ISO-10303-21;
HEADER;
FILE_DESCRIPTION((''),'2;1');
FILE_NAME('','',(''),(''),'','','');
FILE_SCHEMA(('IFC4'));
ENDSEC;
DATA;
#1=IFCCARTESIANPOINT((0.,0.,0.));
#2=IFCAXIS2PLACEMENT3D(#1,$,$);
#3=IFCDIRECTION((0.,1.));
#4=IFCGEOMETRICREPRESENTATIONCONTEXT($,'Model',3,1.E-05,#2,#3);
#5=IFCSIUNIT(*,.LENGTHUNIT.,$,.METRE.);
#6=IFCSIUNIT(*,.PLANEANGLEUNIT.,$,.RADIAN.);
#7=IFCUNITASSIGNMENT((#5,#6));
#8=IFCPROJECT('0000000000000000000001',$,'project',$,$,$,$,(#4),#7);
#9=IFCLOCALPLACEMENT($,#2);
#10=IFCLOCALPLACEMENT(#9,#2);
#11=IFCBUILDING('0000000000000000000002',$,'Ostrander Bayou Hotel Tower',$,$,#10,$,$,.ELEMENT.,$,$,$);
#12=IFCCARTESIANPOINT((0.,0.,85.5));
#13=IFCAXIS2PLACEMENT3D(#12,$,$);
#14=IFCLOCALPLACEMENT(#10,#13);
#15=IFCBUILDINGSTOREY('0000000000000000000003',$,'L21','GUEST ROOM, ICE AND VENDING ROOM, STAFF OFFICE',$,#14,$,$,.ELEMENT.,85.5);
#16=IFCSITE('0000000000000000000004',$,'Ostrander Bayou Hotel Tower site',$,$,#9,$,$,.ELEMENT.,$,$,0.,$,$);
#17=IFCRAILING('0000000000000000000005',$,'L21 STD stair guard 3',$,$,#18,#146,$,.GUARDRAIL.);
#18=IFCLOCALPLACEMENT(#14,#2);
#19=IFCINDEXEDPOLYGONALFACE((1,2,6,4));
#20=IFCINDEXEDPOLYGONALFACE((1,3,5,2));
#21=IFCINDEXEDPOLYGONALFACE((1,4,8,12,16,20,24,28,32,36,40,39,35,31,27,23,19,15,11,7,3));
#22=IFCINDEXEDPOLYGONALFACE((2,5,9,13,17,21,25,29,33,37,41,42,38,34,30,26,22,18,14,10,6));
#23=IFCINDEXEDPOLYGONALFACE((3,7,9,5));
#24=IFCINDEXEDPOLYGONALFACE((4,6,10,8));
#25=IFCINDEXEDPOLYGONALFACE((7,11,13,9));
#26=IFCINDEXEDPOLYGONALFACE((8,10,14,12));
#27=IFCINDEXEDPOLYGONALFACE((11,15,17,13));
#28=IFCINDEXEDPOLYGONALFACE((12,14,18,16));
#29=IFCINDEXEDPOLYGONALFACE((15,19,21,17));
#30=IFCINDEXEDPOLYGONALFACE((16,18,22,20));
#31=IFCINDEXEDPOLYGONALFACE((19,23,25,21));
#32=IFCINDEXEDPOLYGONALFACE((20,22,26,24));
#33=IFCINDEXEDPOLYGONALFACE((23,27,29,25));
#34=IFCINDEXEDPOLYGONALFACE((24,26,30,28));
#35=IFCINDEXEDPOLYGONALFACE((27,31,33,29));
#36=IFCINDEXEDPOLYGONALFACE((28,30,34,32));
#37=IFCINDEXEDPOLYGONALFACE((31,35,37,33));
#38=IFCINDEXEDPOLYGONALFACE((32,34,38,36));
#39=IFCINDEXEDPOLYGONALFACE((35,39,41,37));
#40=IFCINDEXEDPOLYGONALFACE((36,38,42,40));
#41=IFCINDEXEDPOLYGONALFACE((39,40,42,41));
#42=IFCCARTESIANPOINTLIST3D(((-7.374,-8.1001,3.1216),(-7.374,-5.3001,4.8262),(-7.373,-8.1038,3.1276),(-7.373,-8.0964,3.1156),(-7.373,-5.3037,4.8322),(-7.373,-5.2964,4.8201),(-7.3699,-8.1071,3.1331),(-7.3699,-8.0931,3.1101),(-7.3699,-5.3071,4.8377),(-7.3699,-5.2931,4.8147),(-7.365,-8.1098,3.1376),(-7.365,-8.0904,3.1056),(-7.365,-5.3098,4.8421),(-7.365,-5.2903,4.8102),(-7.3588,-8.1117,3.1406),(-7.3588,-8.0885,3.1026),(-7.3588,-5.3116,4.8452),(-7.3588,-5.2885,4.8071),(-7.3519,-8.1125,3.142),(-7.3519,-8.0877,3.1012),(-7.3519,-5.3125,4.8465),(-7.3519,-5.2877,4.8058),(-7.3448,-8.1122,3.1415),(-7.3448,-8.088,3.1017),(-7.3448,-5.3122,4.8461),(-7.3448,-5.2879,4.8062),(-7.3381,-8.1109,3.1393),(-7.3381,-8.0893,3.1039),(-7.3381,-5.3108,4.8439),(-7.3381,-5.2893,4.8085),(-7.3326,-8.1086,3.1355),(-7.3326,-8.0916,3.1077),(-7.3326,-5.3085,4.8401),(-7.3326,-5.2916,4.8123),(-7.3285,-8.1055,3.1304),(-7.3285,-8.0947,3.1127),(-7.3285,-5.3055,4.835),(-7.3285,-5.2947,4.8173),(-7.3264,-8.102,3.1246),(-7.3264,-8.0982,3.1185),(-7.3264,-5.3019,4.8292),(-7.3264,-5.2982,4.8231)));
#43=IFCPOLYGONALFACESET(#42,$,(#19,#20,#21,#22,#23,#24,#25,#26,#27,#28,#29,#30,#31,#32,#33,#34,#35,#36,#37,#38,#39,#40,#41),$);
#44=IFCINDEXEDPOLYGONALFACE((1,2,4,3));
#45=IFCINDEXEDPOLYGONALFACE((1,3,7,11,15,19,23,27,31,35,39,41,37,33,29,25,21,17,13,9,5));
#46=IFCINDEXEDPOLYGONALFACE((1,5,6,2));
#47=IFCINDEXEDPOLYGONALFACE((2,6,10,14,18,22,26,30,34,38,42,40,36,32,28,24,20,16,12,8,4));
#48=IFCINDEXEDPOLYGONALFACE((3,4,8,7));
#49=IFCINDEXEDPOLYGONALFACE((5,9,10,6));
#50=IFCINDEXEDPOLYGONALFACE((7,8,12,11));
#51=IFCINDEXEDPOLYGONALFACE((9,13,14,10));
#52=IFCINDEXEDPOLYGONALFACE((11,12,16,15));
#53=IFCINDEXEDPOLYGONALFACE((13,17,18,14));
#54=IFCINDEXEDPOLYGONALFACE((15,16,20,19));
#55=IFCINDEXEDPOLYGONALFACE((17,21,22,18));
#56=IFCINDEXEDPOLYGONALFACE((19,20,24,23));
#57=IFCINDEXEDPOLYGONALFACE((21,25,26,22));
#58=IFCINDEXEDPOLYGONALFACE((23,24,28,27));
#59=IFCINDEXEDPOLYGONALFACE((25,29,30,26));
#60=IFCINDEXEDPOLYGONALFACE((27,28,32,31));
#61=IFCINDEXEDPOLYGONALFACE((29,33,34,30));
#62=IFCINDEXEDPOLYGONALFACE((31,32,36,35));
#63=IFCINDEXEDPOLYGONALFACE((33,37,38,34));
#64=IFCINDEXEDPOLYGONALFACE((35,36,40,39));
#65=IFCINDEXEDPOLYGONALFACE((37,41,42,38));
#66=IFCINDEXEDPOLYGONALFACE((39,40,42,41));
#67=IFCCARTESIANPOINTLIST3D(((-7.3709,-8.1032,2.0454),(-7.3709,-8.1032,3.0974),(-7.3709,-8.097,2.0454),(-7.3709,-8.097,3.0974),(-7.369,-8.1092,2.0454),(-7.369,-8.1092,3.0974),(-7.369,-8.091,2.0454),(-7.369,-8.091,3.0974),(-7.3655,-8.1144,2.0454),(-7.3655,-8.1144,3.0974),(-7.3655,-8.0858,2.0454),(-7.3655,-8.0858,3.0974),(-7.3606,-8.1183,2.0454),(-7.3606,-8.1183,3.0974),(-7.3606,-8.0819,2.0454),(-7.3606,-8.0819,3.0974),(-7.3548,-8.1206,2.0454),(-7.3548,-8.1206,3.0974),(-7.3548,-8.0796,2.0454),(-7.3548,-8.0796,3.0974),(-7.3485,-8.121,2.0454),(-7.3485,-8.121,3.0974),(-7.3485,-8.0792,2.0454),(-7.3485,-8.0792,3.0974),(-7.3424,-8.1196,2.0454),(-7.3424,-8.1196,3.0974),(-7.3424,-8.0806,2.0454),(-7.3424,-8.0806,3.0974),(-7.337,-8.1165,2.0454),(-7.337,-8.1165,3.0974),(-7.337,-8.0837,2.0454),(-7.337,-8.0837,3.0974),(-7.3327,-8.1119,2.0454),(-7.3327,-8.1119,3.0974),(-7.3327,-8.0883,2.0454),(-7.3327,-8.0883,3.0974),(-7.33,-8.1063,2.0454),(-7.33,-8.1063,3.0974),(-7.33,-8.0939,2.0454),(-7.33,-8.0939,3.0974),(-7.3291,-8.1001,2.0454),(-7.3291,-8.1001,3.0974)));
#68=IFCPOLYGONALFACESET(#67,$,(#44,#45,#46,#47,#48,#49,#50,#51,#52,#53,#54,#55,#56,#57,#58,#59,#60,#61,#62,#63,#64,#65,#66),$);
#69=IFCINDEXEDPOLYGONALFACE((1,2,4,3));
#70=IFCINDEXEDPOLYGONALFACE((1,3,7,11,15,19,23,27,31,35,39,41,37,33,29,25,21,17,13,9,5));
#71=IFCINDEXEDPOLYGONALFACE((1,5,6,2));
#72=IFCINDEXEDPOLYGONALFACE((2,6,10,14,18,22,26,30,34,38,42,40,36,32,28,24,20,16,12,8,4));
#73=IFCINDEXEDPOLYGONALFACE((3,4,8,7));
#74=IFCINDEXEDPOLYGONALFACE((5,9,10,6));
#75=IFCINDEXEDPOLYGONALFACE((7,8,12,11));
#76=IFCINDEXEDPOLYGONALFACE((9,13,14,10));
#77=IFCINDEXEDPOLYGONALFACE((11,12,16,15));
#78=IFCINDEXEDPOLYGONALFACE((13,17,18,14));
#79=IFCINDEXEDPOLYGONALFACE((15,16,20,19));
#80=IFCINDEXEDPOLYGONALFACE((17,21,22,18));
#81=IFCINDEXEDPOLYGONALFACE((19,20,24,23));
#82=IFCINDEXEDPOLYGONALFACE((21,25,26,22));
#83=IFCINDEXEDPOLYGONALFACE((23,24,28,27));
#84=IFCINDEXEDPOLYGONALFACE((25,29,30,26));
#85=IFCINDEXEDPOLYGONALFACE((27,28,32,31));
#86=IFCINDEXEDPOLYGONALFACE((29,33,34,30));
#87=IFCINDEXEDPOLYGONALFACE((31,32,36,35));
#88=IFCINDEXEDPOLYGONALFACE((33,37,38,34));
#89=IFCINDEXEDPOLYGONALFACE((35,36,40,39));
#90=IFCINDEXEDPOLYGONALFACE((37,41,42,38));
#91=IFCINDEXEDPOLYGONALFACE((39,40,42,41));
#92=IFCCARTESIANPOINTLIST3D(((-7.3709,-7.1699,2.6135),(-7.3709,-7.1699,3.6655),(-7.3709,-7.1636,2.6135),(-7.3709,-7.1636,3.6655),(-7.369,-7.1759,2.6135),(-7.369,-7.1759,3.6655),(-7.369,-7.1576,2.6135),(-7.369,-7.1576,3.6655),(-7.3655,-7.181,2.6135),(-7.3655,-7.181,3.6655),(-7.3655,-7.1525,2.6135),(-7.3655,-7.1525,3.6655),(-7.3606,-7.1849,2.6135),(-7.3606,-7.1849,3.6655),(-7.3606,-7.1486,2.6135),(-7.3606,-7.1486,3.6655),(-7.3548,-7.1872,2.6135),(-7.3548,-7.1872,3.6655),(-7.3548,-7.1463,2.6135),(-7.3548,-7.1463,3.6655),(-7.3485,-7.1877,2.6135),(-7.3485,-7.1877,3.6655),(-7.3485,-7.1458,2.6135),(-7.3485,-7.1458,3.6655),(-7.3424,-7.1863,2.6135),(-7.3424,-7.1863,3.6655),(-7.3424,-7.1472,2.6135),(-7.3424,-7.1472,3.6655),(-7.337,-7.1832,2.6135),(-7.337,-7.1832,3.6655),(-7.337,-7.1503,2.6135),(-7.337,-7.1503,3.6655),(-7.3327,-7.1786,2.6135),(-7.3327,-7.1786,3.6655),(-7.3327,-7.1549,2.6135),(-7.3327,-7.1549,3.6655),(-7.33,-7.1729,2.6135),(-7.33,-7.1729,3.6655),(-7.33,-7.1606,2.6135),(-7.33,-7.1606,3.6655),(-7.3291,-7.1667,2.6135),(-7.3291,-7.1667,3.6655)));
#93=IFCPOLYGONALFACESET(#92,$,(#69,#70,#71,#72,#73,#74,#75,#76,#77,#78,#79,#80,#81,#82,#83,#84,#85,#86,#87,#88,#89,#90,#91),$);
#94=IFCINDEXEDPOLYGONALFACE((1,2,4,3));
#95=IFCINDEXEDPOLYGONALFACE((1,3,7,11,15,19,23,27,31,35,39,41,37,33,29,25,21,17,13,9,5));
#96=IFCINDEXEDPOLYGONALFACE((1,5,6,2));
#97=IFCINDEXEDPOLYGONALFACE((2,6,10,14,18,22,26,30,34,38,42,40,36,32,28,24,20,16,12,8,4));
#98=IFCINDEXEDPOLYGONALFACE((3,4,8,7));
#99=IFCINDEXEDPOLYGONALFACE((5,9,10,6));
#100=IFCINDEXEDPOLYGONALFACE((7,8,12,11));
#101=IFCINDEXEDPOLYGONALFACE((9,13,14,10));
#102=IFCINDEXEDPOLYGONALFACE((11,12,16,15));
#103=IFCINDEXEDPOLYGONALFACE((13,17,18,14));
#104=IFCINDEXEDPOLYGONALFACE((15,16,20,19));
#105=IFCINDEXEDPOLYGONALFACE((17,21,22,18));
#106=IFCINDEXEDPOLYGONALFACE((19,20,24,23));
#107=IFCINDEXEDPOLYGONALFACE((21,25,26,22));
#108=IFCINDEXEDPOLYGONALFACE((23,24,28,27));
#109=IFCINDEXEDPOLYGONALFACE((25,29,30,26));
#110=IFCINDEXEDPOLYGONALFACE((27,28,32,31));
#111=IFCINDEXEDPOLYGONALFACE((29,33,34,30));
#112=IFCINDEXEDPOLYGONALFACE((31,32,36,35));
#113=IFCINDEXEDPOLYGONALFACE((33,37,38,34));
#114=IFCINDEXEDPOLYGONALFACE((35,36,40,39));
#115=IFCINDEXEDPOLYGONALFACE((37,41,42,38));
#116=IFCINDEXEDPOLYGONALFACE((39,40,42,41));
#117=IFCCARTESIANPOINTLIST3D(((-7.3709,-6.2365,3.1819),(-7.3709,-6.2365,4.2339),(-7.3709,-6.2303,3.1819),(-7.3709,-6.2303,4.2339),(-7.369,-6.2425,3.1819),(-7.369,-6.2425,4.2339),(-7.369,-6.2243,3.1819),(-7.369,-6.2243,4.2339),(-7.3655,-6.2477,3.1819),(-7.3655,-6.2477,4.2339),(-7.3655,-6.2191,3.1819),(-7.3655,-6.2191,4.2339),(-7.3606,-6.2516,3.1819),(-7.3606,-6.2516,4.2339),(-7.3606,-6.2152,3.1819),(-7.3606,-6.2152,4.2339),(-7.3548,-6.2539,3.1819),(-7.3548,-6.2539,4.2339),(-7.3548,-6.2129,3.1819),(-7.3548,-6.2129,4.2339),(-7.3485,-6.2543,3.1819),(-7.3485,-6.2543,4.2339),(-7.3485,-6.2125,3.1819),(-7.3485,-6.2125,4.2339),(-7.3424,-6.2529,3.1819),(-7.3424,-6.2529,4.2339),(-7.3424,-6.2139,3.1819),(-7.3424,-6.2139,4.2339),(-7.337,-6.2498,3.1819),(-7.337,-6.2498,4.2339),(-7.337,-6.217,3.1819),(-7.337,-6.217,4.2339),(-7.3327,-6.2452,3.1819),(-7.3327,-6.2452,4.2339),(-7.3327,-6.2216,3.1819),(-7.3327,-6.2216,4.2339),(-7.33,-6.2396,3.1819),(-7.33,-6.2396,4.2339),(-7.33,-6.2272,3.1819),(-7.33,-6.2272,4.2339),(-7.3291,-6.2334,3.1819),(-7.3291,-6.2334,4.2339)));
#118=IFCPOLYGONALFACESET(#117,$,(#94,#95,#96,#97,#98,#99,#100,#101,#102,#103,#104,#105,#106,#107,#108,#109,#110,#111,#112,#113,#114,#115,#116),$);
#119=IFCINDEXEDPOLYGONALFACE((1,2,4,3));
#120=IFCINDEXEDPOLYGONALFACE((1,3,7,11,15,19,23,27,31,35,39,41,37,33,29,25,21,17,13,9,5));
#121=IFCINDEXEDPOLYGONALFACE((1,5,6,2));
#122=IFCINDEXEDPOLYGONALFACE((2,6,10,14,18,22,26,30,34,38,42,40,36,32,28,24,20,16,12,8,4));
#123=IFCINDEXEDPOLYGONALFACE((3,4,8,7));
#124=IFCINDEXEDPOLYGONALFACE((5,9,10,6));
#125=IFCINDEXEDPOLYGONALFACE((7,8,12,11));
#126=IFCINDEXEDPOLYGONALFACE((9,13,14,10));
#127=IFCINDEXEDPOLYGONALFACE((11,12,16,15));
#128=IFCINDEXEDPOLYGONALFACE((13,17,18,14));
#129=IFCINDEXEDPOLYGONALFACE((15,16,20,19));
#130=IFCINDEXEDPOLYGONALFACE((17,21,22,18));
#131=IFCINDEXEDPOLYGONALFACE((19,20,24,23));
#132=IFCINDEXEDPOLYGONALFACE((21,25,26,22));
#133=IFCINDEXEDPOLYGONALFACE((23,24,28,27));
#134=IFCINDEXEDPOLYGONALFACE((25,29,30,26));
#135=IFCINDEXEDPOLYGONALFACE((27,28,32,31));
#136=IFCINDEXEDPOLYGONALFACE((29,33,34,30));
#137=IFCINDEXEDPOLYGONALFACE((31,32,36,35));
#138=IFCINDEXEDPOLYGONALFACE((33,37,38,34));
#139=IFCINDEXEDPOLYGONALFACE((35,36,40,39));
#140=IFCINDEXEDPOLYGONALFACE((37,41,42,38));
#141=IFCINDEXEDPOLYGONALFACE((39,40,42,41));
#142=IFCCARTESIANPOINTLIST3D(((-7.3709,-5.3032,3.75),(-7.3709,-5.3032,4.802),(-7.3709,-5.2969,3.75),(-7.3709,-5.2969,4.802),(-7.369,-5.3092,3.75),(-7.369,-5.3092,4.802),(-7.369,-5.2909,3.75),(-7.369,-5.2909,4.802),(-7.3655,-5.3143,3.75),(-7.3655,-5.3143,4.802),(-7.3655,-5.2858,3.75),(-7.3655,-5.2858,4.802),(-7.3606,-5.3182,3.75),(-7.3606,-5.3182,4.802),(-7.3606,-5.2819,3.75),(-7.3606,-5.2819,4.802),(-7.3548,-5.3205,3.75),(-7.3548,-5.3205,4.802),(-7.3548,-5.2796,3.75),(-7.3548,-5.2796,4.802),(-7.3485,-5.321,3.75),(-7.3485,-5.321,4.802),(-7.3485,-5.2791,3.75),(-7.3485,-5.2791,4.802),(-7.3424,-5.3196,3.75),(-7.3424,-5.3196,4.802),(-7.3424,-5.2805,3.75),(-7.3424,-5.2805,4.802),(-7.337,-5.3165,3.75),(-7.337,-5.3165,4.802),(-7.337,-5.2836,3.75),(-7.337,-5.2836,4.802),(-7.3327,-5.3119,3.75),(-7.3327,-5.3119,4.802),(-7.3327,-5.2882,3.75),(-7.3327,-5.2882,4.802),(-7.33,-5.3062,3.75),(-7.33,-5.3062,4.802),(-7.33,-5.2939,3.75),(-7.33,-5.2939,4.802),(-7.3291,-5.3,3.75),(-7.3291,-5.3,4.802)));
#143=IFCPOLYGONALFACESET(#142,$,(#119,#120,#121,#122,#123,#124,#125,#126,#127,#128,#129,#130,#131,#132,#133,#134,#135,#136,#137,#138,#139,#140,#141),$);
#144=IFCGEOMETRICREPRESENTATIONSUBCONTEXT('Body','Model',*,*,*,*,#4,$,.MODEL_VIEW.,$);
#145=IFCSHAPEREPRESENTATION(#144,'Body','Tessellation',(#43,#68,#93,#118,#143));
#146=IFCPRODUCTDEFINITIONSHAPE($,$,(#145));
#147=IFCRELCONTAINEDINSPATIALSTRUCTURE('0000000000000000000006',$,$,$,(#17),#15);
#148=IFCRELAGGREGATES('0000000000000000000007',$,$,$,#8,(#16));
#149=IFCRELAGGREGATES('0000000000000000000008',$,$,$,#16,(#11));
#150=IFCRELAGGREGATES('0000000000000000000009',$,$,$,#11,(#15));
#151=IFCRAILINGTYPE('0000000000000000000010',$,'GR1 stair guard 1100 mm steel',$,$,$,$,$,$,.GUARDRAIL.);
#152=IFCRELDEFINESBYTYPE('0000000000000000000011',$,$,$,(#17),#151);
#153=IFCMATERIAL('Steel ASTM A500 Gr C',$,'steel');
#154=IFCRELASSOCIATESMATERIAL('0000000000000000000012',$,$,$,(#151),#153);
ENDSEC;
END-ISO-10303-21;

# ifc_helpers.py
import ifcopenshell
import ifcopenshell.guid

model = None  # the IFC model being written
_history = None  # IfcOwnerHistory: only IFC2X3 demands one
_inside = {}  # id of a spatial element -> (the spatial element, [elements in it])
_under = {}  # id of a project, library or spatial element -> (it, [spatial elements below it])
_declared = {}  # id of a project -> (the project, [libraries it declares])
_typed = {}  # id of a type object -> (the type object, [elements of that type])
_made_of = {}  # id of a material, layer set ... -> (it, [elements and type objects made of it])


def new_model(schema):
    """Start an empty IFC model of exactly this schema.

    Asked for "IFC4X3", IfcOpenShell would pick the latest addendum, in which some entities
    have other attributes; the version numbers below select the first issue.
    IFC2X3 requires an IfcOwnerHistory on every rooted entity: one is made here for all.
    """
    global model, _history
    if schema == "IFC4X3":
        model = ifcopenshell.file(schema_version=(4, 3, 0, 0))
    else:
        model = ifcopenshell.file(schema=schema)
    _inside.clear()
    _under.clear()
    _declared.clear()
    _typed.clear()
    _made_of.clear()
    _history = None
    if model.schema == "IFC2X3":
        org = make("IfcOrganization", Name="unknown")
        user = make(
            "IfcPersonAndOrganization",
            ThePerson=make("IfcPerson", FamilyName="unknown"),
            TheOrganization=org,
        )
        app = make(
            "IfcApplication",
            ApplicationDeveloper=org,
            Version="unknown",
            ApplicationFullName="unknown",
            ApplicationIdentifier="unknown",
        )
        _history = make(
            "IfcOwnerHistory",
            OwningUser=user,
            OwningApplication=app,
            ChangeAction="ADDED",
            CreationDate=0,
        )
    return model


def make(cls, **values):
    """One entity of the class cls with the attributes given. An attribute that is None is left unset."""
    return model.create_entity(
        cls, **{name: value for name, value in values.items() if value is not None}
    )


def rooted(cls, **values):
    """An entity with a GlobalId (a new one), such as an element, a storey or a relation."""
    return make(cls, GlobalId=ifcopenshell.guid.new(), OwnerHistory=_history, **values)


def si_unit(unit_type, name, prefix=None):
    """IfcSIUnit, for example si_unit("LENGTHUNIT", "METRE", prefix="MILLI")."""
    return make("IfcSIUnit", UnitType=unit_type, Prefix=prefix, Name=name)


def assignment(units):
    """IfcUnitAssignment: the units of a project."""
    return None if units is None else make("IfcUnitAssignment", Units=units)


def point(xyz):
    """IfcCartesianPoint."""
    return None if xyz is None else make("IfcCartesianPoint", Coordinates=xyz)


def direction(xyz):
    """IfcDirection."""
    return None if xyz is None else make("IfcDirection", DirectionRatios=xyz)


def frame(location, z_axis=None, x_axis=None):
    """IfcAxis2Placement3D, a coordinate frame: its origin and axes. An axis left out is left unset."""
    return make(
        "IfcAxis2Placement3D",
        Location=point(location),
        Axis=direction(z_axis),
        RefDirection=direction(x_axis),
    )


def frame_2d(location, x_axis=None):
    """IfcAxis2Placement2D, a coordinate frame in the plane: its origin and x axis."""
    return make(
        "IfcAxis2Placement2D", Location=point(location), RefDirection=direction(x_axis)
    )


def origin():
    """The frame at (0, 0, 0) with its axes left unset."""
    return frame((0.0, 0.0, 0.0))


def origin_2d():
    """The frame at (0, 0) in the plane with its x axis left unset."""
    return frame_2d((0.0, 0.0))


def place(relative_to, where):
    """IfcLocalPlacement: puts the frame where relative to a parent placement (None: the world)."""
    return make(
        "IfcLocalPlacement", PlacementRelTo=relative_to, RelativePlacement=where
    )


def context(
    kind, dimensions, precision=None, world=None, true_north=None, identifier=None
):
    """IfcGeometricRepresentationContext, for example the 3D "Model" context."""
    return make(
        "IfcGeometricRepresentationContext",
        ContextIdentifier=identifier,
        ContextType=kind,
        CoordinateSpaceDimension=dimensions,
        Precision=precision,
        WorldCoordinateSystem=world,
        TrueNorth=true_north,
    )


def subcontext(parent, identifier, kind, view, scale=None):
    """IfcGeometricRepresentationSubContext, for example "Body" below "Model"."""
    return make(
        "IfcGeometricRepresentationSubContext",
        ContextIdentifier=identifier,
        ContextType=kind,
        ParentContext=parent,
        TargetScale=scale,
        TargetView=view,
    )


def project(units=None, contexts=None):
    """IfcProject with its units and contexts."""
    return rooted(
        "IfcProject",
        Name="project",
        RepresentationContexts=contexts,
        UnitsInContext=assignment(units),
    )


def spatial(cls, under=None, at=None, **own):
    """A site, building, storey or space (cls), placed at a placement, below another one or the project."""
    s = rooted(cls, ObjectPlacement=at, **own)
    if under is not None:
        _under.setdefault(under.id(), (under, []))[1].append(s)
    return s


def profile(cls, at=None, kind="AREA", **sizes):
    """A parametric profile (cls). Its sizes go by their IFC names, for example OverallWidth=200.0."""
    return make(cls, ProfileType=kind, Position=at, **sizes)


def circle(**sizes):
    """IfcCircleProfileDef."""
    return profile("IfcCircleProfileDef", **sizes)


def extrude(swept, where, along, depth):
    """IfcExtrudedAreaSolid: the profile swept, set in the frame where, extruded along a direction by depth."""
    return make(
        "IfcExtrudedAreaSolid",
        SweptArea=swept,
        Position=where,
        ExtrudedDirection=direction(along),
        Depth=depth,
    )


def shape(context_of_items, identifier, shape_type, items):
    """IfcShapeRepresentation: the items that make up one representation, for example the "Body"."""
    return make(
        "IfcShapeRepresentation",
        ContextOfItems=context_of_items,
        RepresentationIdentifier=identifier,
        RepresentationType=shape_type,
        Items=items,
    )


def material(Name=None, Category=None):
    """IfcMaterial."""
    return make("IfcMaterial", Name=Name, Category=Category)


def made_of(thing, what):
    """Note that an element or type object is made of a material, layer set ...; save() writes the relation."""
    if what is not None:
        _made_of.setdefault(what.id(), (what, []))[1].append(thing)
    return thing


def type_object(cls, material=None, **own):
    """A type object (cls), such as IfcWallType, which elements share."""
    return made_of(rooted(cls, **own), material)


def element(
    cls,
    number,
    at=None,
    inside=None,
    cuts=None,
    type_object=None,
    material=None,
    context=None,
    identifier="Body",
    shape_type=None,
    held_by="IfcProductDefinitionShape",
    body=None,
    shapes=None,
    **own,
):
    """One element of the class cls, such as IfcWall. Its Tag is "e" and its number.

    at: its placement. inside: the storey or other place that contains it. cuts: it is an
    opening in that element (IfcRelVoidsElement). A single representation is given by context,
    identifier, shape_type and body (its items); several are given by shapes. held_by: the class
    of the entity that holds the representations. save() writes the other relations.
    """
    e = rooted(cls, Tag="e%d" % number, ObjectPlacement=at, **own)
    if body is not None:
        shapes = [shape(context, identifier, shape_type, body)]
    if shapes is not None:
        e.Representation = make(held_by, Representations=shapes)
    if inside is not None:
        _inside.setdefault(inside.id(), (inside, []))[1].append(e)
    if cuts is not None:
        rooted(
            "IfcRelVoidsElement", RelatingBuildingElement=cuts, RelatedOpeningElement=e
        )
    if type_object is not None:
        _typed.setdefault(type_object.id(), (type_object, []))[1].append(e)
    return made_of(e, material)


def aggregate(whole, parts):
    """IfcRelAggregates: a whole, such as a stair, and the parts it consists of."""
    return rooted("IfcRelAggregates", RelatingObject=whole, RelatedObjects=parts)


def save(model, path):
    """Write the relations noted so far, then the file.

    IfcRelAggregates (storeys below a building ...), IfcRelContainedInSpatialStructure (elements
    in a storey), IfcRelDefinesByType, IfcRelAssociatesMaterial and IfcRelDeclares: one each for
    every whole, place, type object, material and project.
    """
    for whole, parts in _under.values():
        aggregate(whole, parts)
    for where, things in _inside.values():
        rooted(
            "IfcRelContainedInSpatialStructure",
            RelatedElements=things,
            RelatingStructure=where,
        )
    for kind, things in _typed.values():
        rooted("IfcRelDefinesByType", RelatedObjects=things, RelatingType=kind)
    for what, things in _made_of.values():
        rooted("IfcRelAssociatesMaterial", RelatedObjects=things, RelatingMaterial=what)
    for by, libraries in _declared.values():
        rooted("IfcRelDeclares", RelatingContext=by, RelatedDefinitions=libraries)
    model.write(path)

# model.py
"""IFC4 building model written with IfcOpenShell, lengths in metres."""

from ifc_helpers import new_model, si_unit, direction, frame, origin, origin_2d, place, context, subcontext, project, spatial, circle, extrude, material, type_object, element, save


model = new_model("IFC4")

# Units and contexts
model_context = context("Model", 3, precision=1e-05, world=origin(), true_north=direction((0.0, 1.0)))
body_context = subcontext(model_context, "Body", "Model", "MODEL_VIEW")
ifc_project = project(units=[si_unit("LENGTHUNIT", "METRE"), si_unit("PLANEANGLEUNIT", "RADIAN")], contexts=[model_context])

# Site, building, storey
site_placement = place(None, origin())
site = spatial("IfcSite", under=ifc_project, at=site_placement, Name="Ostrander Bayou Hotel Tower site", CompositionType="ELEMENT", RefElevation=0.0)
building_placement = place(site_placement, origin())
building = spatial("IfcBuilding", under=site, at=building_placement, Name="Ostrander Bayou Hotel Tower", CompositionType="ELEMENT")
storey_placement = place(building_placement, frame((0.0, 0.0, 85.5)))
storey = spatial("IfcBuildingStorey", under=building, at=storey_placement, Name="L21", Description="GUEST ROOM, ICE AND VENDING ROOM, STAFF OFFICE", CompositionType="ELEMENT", Elevation=85.5)

# Railing
ifc_material_1 = material(Name="Steel ASTM A500 Gr C", Category="steel")
railing_type_1 = type_object("IfcRailingType", Name="GR1 stair guard 1100 mm steel", PredefinedType="GUARDRAIL", material=ifc_material_1)
railing_1_placement = place(storey_placement, frame((-7.3501, -8.1001, 2.0454)))
element("IfcRailing", 1, at=railing_1_placement, inside=storey, type_object=railing_type_1, Name="L21 STD stair guard 3", PredefinedType="GUARDRAIL", context=body_context, shape_type="SweptSolid", body=[
    extrude(circle(Radius=0.0239, at=origin_2d()), frame((0.0, 0.0, 1.0762), z_axis=(0.0, 0.85417, 0.519994), x_axis=(-1.0, 0.0, 0.0)), (0.0, 0.0, 1.0), 3.2781),
    extrude(circle(Radius=0.021, at=origin_2d()), origin(), (0.0, 0.0, 1.0), 1.052),
    extrude(circle(Radius=0.021, at=origin_2d()), frame((0.0, 0.9333, 0.5681)), (0.0, 0.0, 1.0), 1.052),
    extrude(circle(Radius=0.021, at=origin_2d()), frame((0.0, 1.8667, 1.1365)), (0.0, 0.0, 1.0), 1.052),
    extrude(circle(Radius=0.021, at=origin_2d()), frame((0.0, 2.8, 1.7046)), (0.0, 0.0, 1.0), 1.052),
])

save(model, "model.ifc")
